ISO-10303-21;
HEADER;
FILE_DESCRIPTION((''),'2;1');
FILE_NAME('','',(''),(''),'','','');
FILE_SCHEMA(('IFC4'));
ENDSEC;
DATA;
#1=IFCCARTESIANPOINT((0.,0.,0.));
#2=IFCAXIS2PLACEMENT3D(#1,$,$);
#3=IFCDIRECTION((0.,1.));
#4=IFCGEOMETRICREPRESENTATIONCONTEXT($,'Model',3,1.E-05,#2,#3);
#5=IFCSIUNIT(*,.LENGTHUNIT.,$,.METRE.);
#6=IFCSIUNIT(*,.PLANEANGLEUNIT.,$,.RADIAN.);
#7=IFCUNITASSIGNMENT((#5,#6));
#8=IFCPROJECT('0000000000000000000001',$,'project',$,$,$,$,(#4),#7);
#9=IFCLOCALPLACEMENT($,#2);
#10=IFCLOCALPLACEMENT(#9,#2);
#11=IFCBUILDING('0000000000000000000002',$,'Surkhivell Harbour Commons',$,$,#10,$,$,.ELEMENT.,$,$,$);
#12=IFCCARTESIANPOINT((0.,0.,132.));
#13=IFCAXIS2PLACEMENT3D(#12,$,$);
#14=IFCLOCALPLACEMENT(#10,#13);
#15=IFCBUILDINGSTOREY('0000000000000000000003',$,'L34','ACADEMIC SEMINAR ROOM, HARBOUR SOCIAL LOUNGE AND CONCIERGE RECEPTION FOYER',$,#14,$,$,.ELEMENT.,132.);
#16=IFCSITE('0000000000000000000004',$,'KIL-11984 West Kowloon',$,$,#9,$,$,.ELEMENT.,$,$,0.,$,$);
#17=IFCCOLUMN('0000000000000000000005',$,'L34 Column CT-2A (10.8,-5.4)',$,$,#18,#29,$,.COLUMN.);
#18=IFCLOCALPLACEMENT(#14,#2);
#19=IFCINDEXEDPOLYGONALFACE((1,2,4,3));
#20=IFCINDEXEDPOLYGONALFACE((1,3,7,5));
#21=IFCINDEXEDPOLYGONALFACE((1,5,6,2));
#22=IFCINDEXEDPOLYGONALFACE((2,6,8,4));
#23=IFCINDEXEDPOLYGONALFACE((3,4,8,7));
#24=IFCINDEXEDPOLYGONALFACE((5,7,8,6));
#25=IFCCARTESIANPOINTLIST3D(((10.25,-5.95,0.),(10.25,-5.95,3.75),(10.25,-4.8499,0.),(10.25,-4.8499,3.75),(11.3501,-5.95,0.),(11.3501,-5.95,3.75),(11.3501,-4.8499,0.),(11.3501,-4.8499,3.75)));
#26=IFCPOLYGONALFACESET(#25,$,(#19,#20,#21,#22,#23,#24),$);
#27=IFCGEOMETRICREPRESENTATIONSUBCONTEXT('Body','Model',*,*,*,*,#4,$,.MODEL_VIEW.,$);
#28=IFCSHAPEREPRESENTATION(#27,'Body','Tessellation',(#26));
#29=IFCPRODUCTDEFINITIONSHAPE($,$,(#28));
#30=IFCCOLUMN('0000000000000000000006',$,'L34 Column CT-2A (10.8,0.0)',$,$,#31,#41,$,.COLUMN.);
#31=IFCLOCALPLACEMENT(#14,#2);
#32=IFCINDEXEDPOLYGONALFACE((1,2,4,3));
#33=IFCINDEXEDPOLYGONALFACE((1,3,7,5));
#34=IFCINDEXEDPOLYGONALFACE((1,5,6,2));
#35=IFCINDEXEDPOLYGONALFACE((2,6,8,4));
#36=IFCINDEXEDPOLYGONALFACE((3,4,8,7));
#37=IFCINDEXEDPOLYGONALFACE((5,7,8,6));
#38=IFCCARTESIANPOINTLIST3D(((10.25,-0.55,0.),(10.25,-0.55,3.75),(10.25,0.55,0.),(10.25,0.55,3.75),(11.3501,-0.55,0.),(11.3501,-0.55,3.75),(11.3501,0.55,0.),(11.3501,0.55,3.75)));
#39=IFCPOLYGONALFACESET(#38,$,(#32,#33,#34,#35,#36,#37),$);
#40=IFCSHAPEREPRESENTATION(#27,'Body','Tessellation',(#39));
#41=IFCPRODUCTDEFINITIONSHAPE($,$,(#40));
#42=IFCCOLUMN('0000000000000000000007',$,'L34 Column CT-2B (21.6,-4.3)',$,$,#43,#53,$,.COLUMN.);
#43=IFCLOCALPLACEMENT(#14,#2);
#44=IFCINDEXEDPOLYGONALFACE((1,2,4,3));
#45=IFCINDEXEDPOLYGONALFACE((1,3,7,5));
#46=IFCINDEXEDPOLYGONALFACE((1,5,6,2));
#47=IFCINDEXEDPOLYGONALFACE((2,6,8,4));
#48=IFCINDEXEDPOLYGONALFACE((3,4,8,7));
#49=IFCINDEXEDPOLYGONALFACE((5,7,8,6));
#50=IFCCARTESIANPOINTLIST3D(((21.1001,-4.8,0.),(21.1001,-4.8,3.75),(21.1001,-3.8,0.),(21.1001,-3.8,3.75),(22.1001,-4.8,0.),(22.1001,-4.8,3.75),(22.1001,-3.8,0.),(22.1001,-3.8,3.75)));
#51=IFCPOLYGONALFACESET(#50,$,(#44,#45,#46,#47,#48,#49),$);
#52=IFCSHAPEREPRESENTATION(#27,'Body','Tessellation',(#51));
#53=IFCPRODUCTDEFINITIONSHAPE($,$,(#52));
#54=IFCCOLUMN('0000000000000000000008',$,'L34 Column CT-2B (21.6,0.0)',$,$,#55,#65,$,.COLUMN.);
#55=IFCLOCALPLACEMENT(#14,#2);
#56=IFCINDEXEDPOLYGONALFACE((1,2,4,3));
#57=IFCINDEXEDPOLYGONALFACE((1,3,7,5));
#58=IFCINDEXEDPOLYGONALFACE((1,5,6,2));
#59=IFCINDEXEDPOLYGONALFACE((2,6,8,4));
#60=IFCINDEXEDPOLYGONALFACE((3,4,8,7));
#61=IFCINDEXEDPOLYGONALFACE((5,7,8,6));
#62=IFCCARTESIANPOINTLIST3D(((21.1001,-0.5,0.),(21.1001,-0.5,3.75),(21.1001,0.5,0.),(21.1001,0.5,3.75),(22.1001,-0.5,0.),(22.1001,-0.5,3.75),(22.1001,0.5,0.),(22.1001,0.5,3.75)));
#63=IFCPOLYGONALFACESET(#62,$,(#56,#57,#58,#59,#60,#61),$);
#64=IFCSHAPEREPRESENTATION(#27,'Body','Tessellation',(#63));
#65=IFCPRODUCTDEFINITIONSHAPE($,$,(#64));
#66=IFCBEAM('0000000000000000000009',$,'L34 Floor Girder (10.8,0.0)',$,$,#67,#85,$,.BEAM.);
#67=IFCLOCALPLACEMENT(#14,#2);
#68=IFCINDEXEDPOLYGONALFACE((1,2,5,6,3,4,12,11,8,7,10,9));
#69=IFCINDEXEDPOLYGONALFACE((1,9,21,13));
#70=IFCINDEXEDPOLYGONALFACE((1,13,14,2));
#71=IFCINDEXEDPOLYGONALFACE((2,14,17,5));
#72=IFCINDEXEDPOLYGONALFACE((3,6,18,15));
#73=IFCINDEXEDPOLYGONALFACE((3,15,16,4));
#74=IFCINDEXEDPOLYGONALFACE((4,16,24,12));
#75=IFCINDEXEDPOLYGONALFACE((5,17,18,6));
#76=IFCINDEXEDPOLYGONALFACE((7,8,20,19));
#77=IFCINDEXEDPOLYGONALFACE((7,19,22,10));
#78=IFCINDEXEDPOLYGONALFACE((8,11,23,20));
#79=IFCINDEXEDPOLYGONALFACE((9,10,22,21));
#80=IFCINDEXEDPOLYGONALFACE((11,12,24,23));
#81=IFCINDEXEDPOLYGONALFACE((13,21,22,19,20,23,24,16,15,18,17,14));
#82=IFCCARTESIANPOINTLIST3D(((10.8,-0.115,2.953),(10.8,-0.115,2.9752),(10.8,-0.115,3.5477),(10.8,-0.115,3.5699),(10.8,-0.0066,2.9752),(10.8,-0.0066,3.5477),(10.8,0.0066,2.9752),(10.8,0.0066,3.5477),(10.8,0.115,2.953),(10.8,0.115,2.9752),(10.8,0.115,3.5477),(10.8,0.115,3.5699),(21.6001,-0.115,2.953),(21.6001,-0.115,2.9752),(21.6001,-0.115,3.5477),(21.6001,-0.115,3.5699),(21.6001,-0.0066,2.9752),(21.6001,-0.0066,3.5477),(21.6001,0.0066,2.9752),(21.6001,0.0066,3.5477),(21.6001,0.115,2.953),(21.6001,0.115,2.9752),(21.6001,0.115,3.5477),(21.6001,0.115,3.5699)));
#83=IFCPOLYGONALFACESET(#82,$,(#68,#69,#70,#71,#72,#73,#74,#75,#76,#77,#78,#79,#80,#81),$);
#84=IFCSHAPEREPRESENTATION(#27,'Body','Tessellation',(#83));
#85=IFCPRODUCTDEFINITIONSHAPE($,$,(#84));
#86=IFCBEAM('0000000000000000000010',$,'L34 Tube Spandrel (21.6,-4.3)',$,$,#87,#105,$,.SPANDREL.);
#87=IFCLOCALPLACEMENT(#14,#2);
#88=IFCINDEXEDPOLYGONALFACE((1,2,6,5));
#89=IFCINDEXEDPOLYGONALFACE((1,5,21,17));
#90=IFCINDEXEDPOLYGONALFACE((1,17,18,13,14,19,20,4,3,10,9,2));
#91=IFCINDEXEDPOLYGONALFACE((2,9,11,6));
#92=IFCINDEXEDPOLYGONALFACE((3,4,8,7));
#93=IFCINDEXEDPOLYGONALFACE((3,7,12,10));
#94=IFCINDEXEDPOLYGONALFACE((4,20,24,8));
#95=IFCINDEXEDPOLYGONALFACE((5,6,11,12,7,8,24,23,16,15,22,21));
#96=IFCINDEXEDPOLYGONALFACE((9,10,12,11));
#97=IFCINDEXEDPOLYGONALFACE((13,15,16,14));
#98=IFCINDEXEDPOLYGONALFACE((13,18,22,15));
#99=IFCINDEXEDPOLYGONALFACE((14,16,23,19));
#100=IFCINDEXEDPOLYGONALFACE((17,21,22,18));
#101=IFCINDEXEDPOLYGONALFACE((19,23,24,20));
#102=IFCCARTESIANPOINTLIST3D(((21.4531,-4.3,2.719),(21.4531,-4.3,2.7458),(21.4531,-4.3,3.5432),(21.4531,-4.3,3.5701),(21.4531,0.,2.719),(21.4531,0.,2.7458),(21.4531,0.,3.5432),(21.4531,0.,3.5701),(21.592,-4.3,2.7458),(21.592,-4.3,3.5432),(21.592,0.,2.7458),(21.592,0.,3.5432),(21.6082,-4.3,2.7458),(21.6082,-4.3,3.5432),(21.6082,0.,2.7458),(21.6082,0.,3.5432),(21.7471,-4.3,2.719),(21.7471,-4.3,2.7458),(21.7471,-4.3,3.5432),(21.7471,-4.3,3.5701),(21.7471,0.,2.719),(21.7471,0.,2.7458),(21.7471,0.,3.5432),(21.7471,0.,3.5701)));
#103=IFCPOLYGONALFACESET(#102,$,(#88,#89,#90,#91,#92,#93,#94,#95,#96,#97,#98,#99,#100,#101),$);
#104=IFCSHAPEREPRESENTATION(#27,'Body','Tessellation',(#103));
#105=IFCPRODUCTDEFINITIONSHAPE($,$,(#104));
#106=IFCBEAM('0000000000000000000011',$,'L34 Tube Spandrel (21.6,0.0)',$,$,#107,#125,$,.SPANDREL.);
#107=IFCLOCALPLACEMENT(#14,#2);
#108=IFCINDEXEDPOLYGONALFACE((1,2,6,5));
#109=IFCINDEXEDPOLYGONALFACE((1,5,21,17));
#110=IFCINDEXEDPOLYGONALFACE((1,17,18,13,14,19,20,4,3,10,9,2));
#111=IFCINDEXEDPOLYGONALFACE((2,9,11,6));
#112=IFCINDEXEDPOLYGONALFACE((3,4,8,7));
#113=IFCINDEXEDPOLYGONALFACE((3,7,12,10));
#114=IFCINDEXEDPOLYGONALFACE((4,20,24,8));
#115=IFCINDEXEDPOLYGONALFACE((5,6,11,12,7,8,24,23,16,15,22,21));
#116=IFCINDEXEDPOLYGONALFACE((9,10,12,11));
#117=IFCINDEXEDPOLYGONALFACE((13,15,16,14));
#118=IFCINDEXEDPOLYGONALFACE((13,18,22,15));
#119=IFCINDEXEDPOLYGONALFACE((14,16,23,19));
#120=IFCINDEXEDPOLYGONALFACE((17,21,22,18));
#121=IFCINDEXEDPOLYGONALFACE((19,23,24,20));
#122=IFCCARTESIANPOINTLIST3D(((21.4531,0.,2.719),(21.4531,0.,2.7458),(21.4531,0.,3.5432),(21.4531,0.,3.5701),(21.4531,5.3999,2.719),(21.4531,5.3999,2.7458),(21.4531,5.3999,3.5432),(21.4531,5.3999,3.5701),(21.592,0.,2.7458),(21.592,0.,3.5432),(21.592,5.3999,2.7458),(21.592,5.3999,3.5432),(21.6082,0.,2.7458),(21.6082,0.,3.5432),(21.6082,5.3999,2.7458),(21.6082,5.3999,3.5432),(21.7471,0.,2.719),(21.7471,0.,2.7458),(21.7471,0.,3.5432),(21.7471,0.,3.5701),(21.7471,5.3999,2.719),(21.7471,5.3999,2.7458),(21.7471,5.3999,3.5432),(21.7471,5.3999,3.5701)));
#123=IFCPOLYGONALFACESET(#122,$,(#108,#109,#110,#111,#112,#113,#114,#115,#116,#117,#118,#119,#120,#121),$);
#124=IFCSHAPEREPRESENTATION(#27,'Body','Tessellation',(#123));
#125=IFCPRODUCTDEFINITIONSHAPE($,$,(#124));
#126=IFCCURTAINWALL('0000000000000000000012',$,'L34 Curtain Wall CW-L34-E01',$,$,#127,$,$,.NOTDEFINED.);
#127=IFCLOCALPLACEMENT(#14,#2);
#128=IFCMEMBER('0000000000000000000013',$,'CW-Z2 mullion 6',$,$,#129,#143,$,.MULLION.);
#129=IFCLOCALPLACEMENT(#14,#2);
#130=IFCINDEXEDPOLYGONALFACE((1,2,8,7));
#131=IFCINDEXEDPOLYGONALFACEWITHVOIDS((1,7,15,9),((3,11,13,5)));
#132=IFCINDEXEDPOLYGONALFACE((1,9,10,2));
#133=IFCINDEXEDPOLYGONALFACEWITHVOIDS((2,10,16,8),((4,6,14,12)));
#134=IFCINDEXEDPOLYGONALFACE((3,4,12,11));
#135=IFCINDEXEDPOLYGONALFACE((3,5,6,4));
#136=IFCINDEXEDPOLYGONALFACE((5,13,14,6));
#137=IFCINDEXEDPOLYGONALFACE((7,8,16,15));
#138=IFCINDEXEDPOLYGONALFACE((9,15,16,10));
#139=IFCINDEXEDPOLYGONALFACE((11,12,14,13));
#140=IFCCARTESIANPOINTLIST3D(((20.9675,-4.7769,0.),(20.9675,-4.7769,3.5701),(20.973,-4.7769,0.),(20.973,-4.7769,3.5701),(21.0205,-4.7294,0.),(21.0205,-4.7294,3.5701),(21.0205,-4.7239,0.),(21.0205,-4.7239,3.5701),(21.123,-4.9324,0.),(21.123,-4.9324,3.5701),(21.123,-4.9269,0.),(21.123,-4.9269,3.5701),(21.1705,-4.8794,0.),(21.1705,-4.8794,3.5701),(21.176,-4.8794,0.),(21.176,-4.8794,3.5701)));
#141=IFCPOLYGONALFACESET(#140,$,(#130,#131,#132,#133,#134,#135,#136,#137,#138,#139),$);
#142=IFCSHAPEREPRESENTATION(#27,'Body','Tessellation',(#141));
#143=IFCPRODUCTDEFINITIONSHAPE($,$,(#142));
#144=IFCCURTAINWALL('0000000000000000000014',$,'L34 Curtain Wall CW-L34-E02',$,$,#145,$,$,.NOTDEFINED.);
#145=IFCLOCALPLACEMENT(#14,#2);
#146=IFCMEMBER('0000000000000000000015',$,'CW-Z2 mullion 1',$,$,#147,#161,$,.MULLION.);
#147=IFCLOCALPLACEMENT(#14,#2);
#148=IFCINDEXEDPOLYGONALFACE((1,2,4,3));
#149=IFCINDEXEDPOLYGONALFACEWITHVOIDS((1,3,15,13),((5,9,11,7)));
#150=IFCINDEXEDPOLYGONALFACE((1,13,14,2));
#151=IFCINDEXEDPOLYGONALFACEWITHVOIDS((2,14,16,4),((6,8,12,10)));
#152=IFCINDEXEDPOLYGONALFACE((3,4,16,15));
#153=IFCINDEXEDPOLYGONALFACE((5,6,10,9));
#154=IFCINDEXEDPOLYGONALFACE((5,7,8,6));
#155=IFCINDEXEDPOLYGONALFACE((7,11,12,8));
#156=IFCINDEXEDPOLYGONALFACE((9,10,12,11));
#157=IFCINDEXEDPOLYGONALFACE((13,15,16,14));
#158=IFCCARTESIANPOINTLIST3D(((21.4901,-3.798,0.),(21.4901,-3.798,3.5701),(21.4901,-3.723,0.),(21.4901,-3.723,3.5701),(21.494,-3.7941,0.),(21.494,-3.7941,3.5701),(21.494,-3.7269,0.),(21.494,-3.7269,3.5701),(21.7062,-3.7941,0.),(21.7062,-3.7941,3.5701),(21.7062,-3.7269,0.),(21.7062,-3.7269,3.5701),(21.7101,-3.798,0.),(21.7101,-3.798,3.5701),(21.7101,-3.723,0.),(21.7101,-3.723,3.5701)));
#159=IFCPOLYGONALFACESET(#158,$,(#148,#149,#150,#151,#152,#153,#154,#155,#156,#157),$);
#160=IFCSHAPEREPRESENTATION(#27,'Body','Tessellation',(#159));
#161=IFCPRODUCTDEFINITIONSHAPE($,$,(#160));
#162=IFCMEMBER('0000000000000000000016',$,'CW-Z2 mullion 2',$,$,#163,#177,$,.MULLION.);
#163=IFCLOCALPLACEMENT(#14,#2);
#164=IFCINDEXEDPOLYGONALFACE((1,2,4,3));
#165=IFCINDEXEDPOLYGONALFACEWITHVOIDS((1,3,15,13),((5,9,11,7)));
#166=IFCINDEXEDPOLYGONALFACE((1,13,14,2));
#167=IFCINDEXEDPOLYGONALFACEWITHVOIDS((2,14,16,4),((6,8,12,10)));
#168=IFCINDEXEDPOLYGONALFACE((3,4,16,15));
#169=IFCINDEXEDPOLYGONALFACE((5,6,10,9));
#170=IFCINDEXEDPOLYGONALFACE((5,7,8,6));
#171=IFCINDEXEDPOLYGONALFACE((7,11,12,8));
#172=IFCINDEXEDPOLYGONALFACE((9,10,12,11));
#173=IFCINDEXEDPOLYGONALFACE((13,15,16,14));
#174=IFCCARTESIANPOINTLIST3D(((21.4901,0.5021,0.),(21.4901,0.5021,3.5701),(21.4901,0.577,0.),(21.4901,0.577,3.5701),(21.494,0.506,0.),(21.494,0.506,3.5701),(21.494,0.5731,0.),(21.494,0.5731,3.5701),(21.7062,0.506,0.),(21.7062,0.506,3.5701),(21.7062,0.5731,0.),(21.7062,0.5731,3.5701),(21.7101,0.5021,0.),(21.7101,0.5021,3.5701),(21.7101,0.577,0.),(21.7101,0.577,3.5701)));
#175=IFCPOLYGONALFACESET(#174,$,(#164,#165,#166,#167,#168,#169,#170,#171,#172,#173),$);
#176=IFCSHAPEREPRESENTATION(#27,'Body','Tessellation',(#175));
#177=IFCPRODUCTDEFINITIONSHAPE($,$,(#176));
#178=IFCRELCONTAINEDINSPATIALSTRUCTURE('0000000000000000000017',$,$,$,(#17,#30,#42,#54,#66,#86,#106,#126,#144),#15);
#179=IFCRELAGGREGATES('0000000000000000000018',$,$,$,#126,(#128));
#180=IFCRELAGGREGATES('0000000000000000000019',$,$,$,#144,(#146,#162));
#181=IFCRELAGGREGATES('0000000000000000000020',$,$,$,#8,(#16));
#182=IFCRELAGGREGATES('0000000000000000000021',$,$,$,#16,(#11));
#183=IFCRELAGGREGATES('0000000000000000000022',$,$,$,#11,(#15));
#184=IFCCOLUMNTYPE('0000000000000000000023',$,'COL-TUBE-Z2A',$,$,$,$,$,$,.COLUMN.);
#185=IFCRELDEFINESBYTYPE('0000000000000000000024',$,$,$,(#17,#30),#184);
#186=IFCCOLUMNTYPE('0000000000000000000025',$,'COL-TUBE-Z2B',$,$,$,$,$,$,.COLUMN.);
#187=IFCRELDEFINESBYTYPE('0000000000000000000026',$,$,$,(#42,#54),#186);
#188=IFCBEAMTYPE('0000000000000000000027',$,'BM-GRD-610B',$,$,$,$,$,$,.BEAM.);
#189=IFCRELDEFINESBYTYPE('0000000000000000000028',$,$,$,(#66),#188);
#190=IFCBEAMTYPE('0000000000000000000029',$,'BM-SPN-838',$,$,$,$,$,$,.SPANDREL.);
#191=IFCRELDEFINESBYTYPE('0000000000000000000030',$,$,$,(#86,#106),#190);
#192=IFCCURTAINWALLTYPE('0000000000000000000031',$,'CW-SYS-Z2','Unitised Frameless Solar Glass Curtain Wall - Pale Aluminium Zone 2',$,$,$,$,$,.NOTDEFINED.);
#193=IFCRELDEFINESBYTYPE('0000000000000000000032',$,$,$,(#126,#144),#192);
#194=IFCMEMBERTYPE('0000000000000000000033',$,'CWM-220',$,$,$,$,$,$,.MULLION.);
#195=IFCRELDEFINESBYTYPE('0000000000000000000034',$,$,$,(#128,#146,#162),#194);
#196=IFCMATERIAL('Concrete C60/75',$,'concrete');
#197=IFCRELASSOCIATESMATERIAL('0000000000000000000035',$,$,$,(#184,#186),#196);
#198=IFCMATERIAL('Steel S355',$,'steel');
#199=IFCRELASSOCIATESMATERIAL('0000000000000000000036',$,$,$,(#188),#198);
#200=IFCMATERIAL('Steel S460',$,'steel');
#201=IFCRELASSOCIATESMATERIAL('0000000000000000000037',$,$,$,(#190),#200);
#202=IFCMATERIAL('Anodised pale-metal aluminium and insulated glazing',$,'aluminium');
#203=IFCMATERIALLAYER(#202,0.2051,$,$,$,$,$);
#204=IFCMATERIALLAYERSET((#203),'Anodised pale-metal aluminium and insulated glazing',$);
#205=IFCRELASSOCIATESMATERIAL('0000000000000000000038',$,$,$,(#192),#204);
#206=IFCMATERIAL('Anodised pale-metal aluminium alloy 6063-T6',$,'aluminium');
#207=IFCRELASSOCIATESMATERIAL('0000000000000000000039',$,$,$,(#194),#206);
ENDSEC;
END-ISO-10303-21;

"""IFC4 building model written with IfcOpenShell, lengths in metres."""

from ifc_helpers import new_model, si_unit, direction, frame, origin, origin_2d, place, context, subcontext, project, spatial, rectangle, hollow_rectangle, i_section, extrude, material, layer, layer_set, material_profile, profile_set, type_object, element, aggregate, save


model = new_model("IFC4")

# Units and contexts
model_context = context("Model", 3, precision=1e-05, world=origin(), true_north=direction((0.0, 1.0)))
body_context = subcontext(model_context, "Body", "Model", "MODEL_VIEW")
ifc_project = project(units=[si_unit("LENGTHUNIT", "METRE"), si_unit("PLANEANGLEUNIT", "RADIAN")], contexts=[model_context])

# Site, building, storey
site_placement = place(None, origin())
site = spatial("IfcSite", under=ifc_project, at=site_placement, Name="KIL-11984 West Kowloon", CompositionType="ELEMENT", RefElevation=0.0)
building_placement = place(site_placement, origin())
building = spatial("IfcBuilding", under=site, at=building_placement, Name="Surkhivell Harbour Commons", CompositionType="ELEMENT")
storey_placement = place(building_placement, frame((0.0, 0.0, 132.0)))
storey = spatial("IfcBuildingStorey", under=building, at=storey_placement, Name="L34", Description="ACADEMIC SEMINAR ROOM, HARBOUR SOCIAL LOUNGE AND CONCIERGE RECEPTION FOYER", CompositionType="ELEMENT", Elevation=132.0)

# Columns
ifc_material_1 = material(Name="Concrete C60/75", Category="concrete")
ifc_material_profile_1 = material_profile(ifc_material_1, rectangle(XDim=1.1001, YDim=1.1001, at=origin_2d()), Name="RC-COL-1100x1100")
ifc_profile_set_1 = profile_set([ifc_material_profile_1], Name="Concrete C60/75")
column_type_1 = type_object("IfcColumnType", Name="COL-TUBE-Z2A", PredefinedType="COLUMN", material=ifc_profile_set_1)
for number, where, z_axis, x_axis, name in (
    (1, (10.8, -5.3999, 0.0), (0.0, 0.0, 1.0), (1.0, 0.0, 0.0), "L34 Column CT-2A (10.8,-5.4)"),
    (2, (10.8, 0.0, 0.0), (0.0, 0.0, 1.0), (1.0, 0.0, 0.0), "L34 Column CT-2A (10.8,0.0)"),
):
    element("IfcColumn", number, at=place(storey_placement, frame(where, z_axis=z_axis, x_axis=x_axis)), inside=storey, type_object=column_type_1, Name=name, PredefinedType="COLUMN", context=body_context, shape_type="SweptSolid", body=[
        extrude(rectangle(XDim=1.1001, YDim=1.1001, at=origin_2d()), origin(), (0.0, 0.0, 1.0), 3.75),
    ])
ifc_material_profile_2 = material_profile(ifc_material_1, rectangle(XDim=1.0, YDim=1.0, at=origin_2d()), Name="RC-COL-1000x1000")
ifc_profile_set_2 = profile_set([ifc_material_profile_2], Name="Concrete C60/75")
column_type_2 = type_object("IfcColumnType", Name="COL-TUBE-Z2B", PredefinedType="COLUMN", material=ifc_profile_set_2)
for number, where, z_axis, x_axis, name in (
    (3, (21.6001, -4.3, 0.0), (0.0, 0.0, 1.0), (1.0, 0.0, 0.0), "L34 Column CT-2B (21.6,-4.3)"),
    (4, (21.6001, 0.0, 0.0), (0.0, 0.0, 1.0), (1.0, 0.0, 0.0), "L34 Column CT-2B (21.6,0.0)"),
):
    element("IfcColumn", number, at=place(storey_placement, frame(where, z_axis=z_axis, x_axis=x_axis)), inside=storey, type_object=column_type_2, Name=name, PredefinedType="COLUMN", context=body_context, shape_type="SweptSolid", body=[
        extrude(rectangle(XDim=1.0, YDim=1.0, at=origin_2d()), origin(), (0.0, 0.0, 1.0), 3.75),
    ])

# Beams
ifc_material_2 = material(Name="Steel S355", Category="steel")
ifc_material_profile_3 = material_profile(ifc_material_2, i_section(OverallWidth=0.23, OverallDepth=0.6169, WebThickness=0.0132, FlangeThickness=0.0222, at=origin_2d()), Name="UB610x229x140")
ifc_profile_set_3 = profile_set([ifc_material_profile_3], Name="Steel S355")
beam_type_1 = type_object("IfcBeamType", Name="BM-GRD-610B", PredefinedType="BEAM", material=ifc_profile_set_3)
beam_1_placement = place(storey_placement, frame((10.8, 0.0, 3.2615), z_axis=(1.0, 0.0, 0.0), x_axis=(0.0, 1.0, 0.0)))
element("IfcBeam", 5, at=beam_1_placement, inside=storey, type_object=beam_type_1, Name="L34 Floor Girder (10.8,0.0)", PredefinedType="BEAM", context=body_context, shape_type="SweptSolid", body=[
    extrude(i_section(OverallWidth=0.23, OverallDepth=0.6169, WebThickness=0.0132, FlangeThickness=0.0222, at=origin_2d()), origin(), (0.0, 0.0, 1.0), 10.8),
])
ifc_material_3 = material(Name="Steel S460", Category="steel")
ifc_material_profile_4 = material_profile(ifc_material_3, i_section(OverallWidth=0.2939, OverallDepth=0.8511, WebThickness=0.0161, FlangeThickness=0.0269, at=origin_2d()), Name="UB838x292x226")
ifc_profile_set_4 = profile_set([ifc_material_profile_4], Name="Steel S460")
beam_type_2 = type_object("IfcBeamType", Name="BM-SPN-838", PredefinedType="SPANDREL", material=ifc_profile_set_4)
beam_2_placement = place(storey_placement, frame((21.6001, -4.3, 3.1445), z_axis=(0.0, 1.0, 0.0), x_axis=(-1.0, 0.0, 0.0)))
element("IfcBeam", 6, at=beam_2_placement, inside=storey, type_object=beam_type_2, Name="L34 Tube Spandrel (21.6,-4.3)", PredefinedType="SPANDREL", context=body_context, shape_type="SweptSolid", body=[
    extrude(i_section(OverallWidth=0.2939, OverallDepth=0.8511, WebThickness=0.0161, FlangeThickness=0.0269, at=origin_2d()), origin(), (0.0, 0.0, 1.0), 4.3),
])
beam_3_placement = place(storey_placement, frame((21.6001, 0.0, 3.1445), z_axis=(0.0, 1.0, 0.0), x_axis=(-1.0, 0.0, 0.0)))
element("IfcBeam", 7, at=beam_3_placement, inside=storey, type_object=beam_type_2, Name="L34 Tube Spandrel (21.6,0.0)", PredefinedType="SPANDREL", context=body_context, shape_type="SweptSolid", body=[
    extrude(i_section(OverallWidth=0.2939, OverallDepth=0.8511, WebThickness=0.0161, FlangeThickness=0.0269, at=origin_2d()), origin(), (0.0, 0.0, 1.0), 5.3999),
])

# Curtain wall, member
ifc_material_4 = material(Name="Anodised pale-metal aluminium and insulated glazing", Category="aluminium")
ifc_layer_1 = layer(ifc_material_4, 0.2051)
ifc_layer_set_1 = layer_set([ifc_layer_1], Name="Anodised pale-metal aluminium and insulated glazing")
curtain_wall_type = type_object("IfcCurtainWallType", Name="CW-SYS-Z2", Description="Unitised Frameless Solar Glass Curtain Wall - Pale Aluminium Zone 2", PredefinedType="NOTDEFINED", material=ifc_layer_set_1)
curtain_wall_1_placement = place(storey_placement, origin())
curtain_wall_1 = element("IfcCurtainWall", 8, at=curtain_wall_1_placement, inside=storey, type_object=curtain_wall_type, Name="L34 Curtain Wall CW-L34-E01", PredefinedType="NOTDEFINED")
ifc_material_5 = material(Name="Anodised pale-metal aluminium alloy 6063-T6", Category="aluminium")
ifc_material_profile_5 = material_profile(ifc_material_5, hollow_rectangle(XDim=0.075, YDim=0.22, WallThickness=0.0039, at=origin_2d()), Name="ALU-MULL-75x220")
ifc_profile_set_5 = profile_set([ifc_material_profile_5], Name="Anodised pale-metal aluminium alloy 6063-T6")
member_type_1 = type_object("IfcMemberType", Name="CWM-220", PredefinedType="MULLION", material=ifc_profile_set_5)
member_1_placement = place(storey_placement, frame((21.0718, -4.8281, 0.0), z_axis=(0.0, 0.0, 1.0), x_axis=(0.707107, 0.707107, 0.0)))
member_1 = element("IfcMember", 9, at=member_1_placement, type_object=member_type_1, Name="CW-Z2 mullion 6", PredefinedType="MULLION", context=body_context, shape_type="SweptSolid", body=[
    extrude(hollow_rectangle(XDim=0.075, YDim=0.22, WallThickness=0.0039, at=origin_2d()), origin(), (0.0, 0.0, 1.0), 3.5701),
])
aggregate(curtain_wall_1, [member_1])

# Curtain wall, members
curtain_wall_2_placement = place(storey_placement, origin())
curtain_wall_2 = element("IfcCurtainWall", 10, at=curtain_wall_2_placement, inside=storey, type_object=curtain_wall_type, Name="L34 Curtain Wall CW-L34-E02", PredefinedType="NOTDEFINED")
member_2_placement = place(storey_placement, frame((21.6001, -3.7605, 0.0), z_axis=(0.0, 0.0, 1.0), x_axis=(0.0, 1.0, 0.0)))
member_2 = element("IfcMember", 11, at=member_2_placement, type_object=member_type_1, Name="CW-Z2 mullion 1", PredefinedType="MULLION", context=body_context, shape_type="SweptSolid", body=[
    extrude(hollow_rectangle(XDim=0.075, YDim=0.22, WallThickness=0.0039, at=origin_2d()), origin(), (0.0, 0.0, 1.0), 3.5701),
])
member_3_placement = place(storey_placement, frame((21.6001, 0.5396, 0.0), z_axis=(0.0, 0.0, 1.0), x_axis=(0.0, 1.0, 0.0)))
member_3 = element("IfcMember", 12, at=member_3_placement, type_object=member_type_1, Name="CW-Z2 mullion 2", PredefinedType="MULLION", context=body_context, shape_type="SweptSolid", body=[
    extrude(hollow_rectangle(XDim=0.075, YDim=0.22, WallThickness=0.0039, at=origin_2d()), origin(), (0.0, 0.0, 1.0), 3.5701),
])
aggregate(curtain_wall_2, [member_2, member_3])

save(model, "model.ifc")
